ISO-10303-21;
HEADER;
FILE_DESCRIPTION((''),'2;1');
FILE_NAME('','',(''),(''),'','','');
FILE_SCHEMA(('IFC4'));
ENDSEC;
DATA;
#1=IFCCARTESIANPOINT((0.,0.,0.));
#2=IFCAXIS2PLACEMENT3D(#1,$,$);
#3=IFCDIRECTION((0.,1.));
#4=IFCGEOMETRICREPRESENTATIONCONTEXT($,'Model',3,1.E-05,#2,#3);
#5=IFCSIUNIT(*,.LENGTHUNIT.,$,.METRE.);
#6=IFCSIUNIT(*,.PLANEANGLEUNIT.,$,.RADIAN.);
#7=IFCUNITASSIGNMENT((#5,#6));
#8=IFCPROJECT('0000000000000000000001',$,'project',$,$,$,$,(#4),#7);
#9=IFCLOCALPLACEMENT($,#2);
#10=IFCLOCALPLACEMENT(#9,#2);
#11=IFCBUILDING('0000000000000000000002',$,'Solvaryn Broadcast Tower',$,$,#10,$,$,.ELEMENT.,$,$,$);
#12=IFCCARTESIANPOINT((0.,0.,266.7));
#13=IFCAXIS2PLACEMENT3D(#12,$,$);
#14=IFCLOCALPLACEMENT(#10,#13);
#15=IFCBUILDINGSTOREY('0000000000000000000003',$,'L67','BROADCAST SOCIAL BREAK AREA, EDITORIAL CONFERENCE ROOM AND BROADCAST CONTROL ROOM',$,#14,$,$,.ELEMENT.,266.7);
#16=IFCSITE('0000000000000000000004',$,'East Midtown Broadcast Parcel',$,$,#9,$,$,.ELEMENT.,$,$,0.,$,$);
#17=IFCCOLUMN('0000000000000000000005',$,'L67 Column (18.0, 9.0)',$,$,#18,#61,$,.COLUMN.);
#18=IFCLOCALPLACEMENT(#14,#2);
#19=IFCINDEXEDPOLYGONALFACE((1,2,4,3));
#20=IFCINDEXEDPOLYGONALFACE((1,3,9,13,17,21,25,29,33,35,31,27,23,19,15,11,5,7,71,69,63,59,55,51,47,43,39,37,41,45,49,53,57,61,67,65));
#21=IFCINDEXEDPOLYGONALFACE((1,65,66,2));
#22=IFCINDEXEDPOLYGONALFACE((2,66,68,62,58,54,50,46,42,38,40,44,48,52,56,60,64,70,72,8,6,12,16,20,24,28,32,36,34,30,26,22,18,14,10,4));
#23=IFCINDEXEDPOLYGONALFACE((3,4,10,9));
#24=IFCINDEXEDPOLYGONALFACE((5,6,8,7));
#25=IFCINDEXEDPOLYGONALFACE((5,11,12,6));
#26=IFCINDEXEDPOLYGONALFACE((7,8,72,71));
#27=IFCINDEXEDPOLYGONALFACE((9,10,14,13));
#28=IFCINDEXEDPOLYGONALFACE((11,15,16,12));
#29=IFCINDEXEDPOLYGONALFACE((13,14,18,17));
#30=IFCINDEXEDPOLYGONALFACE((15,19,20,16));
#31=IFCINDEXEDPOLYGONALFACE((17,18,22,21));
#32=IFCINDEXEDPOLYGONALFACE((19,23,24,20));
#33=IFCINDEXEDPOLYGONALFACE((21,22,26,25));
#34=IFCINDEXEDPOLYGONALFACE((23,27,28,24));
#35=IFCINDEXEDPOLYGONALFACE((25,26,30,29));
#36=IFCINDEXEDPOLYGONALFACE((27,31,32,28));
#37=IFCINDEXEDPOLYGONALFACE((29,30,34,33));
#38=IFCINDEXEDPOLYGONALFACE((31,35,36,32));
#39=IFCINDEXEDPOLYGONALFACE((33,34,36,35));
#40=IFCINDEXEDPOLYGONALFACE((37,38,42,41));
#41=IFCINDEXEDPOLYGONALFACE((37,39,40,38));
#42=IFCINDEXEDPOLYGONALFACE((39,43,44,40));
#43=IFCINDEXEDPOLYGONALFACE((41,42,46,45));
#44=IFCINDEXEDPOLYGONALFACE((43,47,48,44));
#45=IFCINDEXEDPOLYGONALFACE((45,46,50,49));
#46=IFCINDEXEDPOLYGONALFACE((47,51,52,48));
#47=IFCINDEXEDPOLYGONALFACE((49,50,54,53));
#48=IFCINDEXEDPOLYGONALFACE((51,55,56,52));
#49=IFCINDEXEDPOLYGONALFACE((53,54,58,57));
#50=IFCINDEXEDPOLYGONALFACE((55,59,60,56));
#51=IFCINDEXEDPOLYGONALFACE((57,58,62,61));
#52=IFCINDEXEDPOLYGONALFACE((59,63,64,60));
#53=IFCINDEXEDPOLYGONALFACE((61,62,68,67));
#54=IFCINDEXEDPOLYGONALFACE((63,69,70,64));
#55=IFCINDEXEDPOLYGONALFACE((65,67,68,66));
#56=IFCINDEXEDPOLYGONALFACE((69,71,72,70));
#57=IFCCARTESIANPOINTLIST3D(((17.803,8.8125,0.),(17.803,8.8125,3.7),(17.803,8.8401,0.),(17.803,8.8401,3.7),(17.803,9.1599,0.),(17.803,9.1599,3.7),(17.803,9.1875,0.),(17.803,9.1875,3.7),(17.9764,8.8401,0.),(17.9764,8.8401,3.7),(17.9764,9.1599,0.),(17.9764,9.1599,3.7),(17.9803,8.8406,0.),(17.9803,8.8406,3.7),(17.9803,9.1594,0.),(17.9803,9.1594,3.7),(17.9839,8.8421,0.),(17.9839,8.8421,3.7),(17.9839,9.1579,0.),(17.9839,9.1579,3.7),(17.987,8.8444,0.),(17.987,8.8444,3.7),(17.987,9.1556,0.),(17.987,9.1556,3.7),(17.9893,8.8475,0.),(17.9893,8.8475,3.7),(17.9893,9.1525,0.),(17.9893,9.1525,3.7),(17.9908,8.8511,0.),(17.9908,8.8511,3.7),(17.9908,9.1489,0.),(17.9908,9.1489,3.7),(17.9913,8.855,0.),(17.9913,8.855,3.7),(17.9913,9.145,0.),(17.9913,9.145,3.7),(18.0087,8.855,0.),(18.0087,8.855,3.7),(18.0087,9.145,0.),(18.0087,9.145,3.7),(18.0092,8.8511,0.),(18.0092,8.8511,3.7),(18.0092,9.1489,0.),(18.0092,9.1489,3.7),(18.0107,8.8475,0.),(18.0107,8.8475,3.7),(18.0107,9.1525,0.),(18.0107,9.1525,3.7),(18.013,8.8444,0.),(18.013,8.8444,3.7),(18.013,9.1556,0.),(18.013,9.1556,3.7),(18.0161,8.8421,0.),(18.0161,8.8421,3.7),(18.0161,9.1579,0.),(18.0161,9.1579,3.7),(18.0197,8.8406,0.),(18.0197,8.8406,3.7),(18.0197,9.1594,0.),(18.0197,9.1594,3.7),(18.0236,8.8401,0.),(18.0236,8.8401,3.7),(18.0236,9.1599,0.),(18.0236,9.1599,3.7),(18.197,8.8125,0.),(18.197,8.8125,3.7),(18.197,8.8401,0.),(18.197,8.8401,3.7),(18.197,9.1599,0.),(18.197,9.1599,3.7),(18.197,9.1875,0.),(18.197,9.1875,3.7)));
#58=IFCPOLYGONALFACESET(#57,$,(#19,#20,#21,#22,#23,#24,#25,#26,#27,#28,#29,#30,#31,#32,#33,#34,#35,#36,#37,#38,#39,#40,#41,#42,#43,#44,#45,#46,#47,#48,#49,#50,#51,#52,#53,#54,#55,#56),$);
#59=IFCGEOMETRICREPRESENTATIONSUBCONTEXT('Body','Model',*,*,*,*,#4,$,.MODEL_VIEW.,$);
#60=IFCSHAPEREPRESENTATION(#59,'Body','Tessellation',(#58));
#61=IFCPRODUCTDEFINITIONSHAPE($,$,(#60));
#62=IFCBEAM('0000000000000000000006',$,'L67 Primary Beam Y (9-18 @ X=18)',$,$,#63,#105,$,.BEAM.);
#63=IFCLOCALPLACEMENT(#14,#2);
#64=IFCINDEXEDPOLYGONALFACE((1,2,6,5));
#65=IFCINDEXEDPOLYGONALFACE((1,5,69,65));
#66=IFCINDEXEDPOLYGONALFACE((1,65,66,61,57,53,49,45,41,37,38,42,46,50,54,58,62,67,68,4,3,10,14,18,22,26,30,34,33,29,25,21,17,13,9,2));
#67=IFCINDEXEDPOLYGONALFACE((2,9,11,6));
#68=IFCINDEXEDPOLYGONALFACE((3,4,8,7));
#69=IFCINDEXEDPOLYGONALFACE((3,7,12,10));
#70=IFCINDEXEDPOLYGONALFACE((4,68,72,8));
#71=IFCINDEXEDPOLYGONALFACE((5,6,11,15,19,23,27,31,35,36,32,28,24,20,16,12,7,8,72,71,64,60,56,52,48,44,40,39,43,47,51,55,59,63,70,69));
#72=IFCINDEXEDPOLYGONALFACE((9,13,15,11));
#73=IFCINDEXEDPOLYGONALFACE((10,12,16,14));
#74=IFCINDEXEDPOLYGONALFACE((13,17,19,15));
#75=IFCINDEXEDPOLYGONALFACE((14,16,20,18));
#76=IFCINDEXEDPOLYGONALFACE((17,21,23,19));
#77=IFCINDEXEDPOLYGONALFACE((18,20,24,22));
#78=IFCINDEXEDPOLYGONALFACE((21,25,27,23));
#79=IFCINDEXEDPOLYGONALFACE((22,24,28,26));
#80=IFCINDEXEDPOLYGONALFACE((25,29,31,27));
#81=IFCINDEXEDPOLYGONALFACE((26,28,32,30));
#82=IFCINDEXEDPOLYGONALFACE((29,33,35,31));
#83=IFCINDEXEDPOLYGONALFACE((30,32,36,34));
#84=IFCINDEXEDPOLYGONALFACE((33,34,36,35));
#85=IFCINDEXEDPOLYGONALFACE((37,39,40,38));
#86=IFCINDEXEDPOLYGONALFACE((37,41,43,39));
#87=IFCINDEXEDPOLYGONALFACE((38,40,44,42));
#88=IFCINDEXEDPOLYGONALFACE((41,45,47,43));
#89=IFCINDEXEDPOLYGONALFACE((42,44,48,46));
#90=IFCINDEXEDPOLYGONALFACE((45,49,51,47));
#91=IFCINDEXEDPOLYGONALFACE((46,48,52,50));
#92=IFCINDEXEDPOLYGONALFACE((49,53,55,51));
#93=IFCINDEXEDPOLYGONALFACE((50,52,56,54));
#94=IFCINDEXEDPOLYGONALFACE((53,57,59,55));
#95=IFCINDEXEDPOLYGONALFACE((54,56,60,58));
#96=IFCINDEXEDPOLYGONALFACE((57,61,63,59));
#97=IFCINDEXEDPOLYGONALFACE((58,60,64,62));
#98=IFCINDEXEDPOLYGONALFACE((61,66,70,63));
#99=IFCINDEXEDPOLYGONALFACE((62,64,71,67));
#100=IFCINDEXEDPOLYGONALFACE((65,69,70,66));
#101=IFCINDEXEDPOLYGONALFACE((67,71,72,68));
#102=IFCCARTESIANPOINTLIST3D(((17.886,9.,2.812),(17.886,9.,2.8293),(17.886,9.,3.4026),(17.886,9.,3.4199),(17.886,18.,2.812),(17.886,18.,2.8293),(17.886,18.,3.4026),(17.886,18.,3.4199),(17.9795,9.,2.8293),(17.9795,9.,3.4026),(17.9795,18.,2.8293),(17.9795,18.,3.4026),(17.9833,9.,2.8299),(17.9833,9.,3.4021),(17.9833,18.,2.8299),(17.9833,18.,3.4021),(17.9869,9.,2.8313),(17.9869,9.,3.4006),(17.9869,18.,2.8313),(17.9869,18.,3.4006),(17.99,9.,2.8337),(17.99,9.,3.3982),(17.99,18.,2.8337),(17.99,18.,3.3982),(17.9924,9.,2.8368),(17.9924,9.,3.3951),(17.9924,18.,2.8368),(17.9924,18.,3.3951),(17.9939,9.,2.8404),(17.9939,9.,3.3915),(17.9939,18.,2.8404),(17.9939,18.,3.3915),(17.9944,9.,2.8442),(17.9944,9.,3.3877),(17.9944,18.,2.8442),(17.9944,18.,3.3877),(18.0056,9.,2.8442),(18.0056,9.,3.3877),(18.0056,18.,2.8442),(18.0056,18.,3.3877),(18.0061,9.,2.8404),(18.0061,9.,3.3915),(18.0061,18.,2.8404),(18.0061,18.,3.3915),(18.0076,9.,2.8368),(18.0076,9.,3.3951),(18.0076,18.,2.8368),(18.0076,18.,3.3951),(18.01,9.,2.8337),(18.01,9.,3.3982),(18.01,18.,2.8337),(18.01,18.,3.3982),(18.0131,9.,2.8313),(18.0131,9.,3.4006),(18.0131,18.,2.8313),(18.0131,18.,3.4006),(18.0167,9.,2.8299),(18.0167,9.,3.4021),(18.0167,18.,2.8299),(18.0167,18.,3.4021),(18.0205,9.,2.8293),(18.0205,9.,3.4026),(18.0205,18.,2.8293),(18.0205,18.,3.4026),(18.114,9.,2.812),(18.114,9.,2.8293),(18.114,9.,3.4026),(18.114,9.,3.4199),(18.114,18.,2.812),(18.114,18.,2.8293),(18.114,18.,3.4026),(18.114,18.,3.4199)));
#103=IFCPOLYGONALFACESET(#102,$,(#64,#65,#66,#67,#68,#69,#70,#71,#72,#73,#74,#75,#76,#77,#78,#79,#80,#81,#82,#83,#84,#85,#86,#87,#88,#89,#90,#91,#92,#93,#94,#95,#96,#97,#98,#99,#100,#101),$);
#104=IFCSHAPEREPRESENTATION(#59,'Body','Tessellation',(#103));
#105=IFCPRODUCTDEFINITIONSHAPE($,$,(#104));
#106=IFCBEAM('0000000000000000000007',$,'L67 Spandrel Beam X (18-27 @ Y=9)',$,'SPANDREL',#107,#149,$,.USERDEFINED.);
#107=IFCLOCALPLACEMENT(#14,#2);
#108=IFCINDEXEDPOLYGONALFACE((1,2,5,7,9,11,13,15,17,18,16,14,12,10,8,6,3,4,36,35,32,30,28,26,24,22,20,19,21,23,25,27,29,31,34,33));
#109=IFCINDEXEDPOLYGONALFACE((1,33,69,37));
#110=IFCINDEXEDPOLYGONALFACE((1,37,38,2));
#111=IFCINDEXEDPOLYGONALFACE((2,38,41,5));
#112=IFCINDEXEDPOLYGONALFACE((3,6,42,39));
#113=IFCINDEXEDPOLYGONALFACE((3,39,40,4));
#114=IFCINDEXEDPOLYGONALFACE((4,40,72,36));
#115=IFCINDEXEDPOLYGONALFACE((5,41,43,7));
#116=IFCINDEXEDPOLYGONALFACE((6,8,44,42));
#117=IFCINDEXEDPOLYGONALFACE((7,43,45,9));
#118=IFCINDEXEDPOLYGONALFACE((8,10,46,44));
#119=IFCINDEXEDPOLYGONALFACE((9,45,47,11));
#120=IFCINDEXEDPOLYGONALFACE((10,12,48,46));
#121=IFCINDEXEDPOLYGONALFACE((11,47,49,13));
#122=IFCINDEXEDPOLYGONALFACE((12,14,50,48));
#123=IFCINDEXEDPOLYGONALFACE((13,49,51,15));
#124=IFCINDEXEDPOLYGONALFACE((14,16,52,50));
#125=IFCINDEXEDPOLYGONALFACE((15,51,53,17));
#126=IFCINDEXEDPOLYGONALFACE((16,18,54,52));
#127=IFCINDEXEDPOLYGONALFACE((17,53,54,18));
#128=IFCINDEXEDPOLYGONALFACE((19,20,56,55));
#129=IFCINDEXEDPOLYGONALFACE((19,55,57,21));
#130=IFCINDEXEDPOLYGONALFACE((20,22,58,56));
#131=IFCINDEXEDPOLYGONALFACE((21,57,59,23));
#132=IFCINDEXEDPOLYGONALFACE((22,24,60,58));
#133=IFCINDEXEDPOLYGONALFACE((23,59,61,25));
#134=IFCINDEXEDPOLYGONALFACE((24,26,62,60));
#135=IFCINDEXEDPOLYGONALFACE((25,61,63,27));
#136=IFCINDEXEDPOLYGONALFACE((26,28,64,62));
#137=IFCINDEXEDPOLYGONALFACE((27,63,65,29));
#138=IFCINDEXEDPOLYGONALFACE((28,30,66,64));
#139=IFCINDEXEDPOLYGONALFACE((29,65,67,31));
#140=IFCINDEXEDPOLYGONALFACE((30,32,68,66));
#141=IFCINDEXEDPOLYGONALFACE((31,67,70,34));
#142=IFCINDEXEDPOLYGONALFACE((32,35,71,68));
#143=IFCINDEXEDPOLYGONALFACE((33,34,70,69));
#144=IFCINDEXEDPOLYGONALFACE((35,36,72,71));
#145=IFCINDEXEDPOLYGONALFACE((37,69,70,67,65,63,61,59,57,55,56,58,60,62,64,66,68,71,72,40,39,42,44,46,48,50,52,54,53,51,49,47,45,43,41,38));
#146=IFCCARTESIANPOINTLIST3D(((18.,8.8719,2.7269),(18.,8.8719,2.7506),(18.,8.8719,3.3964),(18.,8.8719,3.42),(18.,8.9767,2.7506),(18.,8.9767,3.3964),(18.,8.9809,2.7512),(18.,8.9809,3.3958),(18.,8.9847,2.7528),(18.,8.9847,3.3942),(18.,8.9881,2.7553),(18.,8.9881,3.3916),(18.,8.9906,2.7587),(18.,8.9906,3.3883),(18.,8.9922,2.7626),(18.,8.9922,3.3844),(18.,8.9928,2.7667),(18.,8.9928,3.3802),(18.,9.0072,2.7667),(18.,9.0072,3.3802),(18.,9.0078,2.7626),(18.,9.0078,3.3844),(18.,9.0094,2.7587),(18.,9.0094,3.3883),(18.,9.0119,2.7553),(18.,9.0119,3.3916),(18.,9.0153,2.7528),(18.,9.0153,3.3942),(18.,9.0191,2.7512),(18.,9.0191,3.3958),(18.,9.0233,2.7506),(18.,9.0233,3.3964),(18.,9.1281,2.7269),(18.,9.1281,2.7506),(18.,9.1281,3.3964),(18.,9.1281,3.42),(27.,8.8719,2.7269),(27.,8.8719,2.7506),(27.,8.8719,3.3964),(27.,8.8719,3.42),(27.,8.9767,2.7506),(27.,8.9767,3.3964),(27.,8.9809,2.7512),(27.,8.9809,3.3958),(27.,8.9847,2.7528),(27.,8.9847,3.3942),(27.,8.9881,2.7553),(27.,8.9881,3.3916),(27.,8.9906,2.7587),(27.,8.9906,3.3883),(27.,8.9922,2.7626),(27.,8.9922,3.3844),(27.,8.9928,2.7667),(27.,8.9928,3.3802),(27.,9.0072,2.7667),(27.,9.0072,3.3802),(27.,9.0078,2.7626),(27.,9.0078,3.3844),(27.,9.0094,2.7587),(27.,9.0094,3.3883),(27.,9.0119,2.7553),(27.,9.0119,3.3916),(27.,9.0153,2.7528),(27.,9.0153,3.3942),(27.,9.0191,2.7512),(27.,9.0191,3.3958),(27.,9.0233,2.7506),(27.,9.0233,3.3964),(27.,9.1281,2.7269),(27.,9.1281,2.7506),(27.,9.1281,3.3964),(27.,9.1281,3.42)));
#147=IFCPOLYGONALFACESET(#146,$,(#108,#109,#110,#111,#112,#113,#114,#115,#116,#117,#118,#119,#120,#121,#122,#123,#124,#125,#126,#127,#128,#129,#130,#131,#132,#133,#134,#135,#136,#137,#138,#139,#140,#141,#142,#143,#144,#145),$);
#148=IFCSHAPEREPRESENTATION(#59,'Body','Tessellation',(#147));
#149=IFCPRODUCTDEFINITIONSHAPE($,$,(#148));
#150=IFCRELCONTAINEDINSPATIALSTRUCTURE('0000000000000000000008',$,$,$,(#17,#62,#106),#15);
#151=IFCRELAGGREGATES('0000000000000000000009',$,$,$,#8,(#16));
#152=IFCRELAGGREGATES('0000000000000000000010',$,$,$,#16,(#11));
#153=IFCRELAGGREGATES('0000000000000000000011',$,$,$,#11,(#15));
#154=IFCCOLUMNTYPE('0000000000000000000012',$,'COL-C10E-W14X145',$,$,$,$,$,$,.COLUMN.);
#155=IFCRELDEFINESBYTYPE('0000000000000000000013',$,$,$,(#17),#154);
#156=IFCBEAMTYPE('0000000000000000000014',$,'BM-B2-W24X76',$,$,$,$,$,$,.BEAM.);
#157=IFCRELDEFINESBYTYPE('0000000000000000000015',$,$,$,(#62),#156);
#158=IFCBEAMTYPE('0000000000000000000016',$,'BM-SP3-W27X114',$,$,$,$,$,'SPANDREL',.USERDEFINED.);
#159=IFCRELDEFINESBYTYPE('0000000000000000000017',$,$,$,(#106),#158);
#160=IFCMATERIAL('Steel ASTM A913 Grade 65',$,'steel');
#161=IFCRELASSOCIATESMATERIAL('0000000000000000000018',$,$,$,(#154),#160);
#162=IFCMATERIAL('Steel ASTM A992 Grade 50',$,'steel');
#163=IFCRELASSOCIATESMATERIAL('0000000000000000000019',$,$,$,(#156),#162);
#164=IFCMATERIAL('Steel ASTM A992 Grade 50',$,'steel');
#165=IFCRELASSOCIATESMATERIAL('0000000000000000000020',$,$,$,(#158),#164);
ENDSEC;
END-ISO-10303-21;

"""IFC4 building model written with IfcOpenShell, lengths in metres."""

from ifc_helpers import new_model, si_unit, direction, frame, origin, origin_2d, place, context, subcontext, project, spatial, i_section, extrude, material, material_profile, profile_set, type_object, element, save


model = new_model("IFC4")

# Units and contexts
model_context = context("Model", 3, precision=1e-05, world=origin(), true_north=direction((0.0, 1.0)))
body_context = subcontext(model_context, "Body", "Model", "MODEL_VIEW")
ifc_project = project(units=[si_unit("LENGTHUNIT", "METRE"), si_unit("PLANEANGLEUNIT", "RADIAN")], contexts=[model_context])

# Site, building, storey
site_placement = place(None, origin())
site = spatial("IfcSite", under=ifc_project, at=site_placement, Name="East Midtown Broadcast Parcel", CompositionType="ELEMENT", RefElevation=0.0)
building_placement = place(site_placement, origin())
building = spatial("IfcBuilding", under=site, at=building_placement, Name="Solvaryn Broadcast Tower", CompositionType="ELEMENT")
storey_placement = place(building_placement, frame((0.0, 0.0, 266.7)))
storey = spatial("IfcBuildingStorey", under=building, at=storey_placement, Name="L67", Description="BROADCAST SOCIAL BREAK AREA, EDITORIAL CONFERENCE ROOM AND BROADCAST CONTROL ROOM", CompositionType="ELEMENT", Elevation=266.7)

# Column
ifc_material_1 = material(Name="Steel ASTM A913 Grade 65", Category="steel")
ifc_material_profile_1 = material_profile(ifc_material_1, i_section(OverallWidth=0.394, OverallDepth=0.375, WebThickness=0.0173, FlangeThickness=0.0276, FilletRadius=0.0149, at=origin_2d()))
ifc_profile_set_1 = profile_set([ifc_material_profile_1], Name="Steel ASTM A913 Grade 65")
column_type = type_object("IfcColumnType", Name="COL-C10E-W14X145", PredefinedType="COLUMN", material=ifc_profile_set_1)
column_placement = place(storey_placement, frame((18.0, 9.0, 0.0), z_axis=(0.0, 0.0, 1.0), x_axis=(1.0, 0.0, 0.0)))
element("IfcColumn", 1, at=column_placement, inside=storey, type_object=column_type, Name="L67 Column (18.0, 9.0)", PredefinedType="COLUMN", context=body_context, shape_type="SweptSolid", body=[
    extrude(i_section(OverallWidth=0.394, OverallDepth=0.375, WebThickness=0.0173, FlangeThickness=0.0276, FilletRadius=0.0149, at=origin_2d()), origin(), (0.0, 0.0, 1.0), 3.7),
])

# Beams
ifc_material_2 = material(Name="Steel ASTM A992 Grade 50", Category="steel")
ifc_material_profile_2 = material_profile(ifc_material_2, i_section(OverallWidth=0.228, OverallDepth=0.6079, WebThickness=0.0112, FlangeThickness=0.0173, FilletRadius=0.0149, at=origin_2d()))
ifc_profile_set_2 = profile_set([ifc_material_profile_2], Name="Steel ASTM A992 Grade 50")
beam_type_1 = type_object("IfcBeamType", Name="BM-B2-W24X76", PredefinedType="BEAM", material=ifc_profile_set_2)
beam_1_placement = place(storey_placement, frame((18.0, 9.0, 3.116), z_axis=(0.0, 1.0, 0.0), x_axis=(-1.0, 0.0, 0.0)))
element("IfcBeam", 2, at=beam_1_placement, inside=storey, type_object=beam_type_1, Name="L67 Primary Beam Y (9-18 @ X=18)", PredefinedType="BEAM", context=body_context, shape_type="SweptSolid", body=[
    extrude(i_section(OverallWidth=0.228, OverallDepth=0.6079, WebThickness=0.0112, FlangeThickness=0.0173, FilletRadius=0.0149, at=origin_2d()), origin(), (0.0, 0.0, 1.0), 9.0),
])
ifc_material_3 = material(Name="Steel ASTM A992 Grade 50", Category="steel")
ifc_material_profile_3 = material_profile(ifc_material_3, i_section(OverallWidth=0.2561, OverallDepth=0.6931, WebThickness=0.0144, FlangeThickness=0.0237, FilletRadius=0.0161, at=origin_2d()))
ifc_profile_set_3 = profile_set([ifc_material_profile_3], Name="Steel ASTM A992 Grade 50")
beam_type_2 = type_object("IfcBeamType", Name="BM-SP3-W27X114", ElementType="SPANDREL", PredefinedType="USERDEFINED", material=ifc_profile_set_3)
beam_2_placement = place(storey_placement, frame((18.0, 9.0, 3.0735), z_axis=(1.0, 0.0, 0.0), x_axis=(0.0, 1.0, 0.0)))
element("IfcBeam", 3, at=beam_2_placement, inside=storey, type_object=beam_type_2, Name="L67 Spandrel Beam X (18-27 @ Y=9)", ObjectType="SPANDREL", PredefinedType="USERDEFINED", context=body_context, shape_type="SweptSolid", body=[
    extrude(i_section(OverallWidth=0.2561, OverallDepth=0.6931, WebThickness=0.0144, FlangeThickness=0.0237, FilletRadius=0.0161, at=origin_2d()), origin(), (0.0, 0.0, 1.0), 9.0),
])

save(model, "model.ifc")
